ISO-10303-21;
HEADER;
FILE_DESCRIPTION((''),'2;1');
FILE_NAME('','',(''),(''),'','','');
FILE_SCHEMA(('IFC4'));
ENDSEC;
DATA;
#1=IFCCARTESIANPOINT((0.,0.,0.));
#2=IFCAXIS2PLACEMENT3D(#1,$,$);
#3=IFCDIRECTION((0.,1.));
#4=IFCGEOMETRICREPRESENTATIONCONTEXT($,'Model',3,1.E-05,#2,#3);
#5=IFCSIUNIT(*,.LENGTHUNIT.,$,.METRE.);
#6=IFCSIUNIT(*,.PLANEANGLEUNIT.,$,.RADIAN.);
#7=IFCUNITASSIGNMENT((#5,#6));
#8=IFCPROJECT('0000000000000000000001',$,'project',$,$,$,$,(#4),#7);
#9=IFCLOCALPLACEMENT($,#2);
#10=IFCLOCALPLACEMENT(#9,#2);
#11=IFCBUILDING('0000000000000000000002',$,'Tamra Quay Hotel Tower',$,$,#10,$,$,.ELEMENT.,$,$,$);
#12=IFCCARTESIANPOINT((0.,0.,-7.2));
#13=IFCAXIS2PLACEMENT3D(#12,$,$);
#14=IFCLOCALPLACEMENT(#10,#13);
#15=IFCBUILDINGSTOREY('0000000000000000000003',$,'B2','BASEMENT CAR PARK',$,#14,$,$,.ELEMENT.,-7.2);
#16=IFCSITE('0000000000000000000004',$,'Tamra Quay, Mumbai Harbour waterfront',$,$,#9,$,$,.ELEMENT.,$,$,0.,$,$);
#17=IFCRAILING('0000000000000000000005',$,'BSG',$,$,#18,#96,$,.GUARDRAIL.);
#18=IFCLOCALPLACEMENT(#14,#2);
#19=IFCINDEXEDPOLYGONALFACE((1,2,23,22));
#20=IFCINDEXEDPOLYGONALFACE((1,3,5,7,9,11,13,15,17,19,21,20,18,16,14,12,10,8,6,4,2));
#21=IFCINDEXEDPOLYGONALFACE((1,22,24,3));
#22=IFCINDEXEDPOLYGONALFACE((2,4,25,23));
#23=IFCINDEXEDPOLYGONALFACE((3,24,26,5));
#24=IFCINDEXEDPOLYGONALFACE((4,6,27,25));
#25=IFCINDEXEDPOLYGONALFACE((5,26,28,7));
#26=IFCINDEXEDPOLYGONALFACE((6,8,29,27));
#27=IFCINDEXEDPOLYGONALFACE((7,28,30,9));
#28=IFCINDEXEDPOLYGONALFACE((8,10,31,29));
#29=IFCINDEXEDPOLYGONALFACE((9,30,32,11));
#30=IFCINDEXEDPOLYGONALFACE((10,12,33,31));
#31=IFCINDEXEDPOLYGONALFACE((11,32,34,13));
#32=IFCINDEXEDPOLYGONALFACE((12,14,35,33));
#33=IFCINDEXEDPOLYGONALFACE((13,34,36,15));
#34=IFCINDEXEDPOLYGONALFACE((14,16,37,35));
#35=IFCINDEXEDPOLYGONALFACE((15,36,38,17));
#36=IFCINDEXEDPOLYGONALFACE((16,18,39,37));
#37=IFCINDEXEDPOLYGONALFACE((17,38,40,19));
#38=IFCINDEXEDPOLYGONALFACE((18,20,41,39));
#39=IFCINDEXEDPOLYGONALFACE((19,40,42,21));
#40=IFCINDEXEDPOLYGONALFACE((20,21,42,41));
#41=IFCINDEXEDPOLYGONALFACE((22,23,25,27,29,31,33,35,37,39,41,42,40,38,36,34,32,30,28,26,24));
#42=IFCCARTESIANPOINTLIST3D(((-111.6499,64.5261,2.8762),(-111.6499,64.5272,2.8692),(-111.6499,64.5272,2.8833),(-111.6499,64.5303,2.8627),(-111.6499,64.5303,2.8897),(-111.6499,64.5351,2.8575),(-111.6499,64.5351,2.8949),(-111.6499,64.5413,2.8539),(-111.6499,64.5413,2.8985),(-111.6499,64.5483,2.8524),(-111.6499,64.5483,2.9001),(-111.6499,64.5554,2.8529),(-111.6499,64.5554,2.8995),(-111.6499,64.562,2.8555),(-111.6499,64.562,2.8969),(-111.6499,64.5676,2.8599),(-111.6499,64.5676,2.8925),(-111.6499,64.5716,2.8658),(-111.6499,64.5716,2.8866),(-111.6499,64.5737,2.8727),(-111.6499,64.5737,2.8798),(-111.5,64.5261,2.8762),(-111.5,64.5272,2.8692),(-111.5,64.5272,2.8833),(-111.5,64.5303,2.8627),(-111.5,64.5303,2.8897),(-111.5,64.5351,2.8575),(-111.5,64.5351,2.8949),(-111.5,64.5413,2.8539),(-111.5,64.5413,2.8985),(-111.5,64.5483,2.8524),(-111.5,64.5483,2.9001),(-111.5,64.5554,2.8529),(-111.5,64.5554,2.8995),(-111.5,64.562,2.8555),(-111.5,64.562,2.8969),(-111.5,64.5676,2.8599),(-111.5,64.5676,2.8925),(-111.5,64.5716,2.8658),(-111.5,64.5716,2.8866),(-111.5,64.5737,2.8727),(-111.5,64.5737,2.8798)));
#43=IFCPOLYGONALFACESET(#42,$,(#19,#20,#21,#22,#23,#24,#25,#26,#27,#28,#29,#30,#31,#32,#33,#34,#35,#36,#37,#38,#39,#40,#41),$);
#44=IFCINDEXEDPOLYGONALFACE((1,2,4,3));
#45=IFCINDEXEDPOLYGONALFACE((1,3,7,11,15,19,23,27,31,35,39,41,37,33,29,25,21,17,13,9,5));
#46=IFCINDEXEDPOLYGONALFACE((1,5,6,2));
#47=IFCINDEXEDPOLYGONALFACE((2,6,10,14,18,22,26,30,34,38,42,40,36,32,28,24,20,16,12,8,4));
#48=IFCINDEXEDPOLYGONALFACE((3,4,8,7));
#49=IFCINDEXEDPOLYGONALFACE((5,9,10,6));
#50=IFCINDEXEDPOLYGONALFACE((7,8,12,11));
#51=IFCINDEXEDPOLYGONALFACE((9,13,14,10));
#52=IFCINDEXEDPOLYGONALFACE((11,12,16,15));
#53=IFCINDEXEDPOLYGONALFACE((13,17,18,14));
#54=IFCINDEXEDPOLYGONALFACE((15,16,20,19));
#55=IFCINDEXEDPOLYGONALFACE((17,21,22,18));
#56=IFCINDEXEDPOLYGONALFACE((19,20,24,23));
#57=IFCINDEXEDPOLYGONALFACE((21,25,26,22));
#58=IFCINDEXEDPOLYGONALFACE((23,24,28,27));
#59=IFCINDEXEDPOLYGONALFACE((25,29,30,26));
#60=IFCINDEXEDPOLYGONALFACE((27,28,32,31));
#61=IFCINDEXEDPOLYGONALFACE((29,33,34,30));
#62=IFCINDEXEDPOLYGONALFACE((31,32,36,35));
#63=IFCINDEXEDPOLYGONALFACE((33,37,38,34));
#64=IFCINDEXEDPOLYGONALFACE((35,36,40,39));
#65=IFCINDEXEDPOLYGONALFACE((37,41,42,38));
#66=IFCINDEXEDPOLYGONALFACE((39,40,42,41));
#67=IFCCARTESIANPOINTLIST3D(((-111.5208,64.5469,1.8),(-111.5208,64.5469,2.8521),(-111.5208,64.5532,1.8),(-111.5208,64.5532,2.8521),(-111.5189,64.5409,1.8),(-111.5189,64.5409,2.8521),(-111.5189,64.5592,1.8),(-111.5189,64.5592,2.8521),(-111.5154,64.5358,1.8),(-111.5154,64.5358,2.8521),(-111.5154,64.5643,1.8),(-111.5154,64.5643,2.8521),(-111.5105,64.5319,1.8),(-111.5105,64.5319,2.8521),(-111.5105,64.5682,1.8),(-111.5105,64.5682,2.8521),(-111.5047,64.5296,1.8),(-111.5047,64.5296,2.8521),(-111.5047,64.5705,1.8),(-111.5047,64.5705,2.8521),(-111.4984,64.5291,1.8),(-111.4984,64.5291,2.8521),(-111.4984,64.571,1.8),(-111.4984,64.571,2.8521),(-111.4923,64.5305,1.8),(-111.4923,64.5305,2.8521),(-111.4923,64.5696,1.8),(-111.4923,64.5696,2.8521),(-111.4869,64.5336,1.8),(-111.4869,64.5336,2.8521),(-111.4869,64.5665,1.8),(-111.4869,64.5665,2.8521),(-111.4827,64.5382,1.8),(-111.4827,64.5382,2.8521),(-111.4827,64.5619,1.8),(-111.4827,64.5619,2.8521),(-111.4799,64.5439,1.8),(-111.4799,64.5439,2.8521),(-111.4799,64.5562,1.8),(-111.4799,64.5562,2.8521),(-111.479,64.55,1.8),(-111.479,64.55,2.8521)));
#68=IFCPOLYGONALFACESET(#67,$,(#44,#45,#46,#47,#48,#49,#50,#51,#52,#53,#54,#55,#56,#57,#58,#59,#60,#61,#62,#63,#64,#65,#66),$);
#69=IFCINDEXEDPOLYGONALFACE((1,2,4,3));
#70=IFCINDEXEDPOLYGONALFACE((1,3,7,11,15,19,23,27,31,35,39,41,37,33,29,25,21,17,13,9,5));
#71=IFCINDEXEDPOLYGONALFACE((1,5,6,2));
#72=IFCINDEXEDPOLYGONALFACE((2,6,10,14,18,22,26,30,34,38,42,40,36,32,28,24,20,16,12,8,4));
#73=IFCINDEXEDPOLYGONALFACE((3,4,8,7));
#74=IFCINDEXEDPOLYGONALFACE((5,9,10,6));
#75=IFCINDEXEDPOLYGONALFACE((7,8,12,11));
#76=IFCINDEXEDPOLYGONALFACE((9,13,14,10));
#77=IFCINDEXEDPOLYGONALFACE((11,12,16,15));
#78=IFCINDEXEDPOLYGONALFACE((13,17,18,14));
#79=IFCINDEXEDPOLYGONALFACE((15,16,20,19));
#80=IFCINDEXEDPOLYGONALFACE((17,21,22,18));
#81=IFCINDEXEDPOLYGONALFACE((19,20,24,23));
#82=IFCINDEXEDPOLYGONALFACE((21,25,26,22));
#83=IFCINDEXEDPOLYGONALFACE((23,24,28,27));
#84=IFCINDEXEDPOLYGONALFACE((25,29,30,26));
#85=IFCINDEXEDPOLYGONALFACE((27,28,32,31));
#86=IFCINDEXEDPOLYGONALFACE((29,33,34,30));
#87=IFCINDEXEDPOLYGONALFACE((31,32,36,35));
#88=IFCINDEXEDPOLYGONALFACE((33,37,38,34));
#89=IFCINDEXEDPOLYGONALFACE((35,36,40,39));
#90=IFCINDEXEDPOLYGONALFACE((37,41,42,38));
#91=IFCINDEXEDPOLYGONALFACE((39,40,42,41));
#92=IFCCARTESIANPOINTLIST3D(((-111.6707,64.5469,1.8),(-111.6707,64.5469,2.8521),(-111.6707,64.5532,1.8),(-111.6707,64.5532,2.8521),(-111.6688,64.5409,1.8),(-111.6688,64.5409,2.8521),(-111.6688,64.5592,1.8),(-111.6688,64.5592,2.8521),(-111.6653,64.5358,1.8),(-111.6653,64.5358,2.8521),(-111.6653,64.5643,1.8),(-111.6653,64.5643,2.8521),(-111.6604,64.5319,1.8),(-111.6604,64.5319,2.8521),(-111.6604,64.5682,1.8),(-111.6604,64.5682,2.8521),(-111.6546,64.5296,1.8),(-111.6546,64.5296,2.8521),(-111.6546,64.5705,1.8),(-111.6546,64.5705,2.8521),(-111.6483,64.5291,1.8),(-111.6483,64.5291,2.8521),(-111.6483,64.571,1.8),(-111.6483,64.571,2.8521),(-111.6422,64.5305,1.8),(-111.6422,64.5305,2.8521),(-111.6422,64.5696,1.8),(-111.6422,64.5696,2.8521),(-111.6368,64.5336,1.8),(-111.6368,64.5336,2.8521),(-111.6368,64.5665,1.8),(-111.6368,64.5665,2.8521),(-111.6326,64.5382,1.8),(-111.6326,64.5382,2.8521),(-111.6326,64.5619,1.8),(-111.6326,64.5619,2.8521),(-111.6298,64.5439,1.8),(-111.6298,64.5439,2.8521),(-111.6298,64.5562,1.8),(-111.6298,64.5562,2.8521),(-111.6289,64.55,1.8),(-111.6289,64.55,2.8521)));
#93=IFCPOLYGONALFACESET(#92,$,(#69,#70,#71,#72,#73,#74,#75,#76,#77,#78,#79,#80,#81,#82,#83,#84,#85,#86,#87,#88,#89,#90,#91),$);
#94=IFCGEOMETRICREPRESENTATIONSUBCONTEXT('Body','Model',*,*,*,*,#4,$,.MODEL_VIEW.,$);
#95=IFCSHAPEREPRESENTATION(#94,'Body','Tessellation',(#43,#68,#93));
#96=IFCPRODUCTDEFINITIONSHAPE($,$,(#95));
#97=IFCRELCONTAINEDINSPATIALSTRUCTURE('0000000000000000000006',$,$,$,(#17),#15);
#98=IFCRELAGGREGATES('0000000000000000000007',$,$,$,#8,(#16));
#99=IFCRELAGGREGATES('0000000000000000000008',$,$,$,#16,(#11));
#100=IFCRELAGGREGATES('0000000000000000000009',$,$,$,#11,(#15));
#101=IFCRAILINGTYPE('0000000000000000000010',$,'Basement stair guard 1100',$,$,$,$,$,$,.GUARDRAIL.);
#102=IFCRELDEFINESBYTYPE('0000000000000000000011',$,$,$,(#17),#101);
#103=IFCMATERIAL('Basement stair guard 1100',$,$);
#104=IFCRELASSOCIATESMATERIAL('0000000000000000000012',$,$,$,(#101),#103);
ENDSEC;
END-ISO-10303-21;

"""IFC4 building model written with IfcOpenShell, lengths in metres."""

from ifc_helpers import new_model, si_unit, direction, frame, origin, origin_2d, place, context, subcontext, project, spatial, circle, extrude, material, type_object, element, save


model = new_model("IFC4")

# Units and contexts
model_context = context("Model", 3, precision=1e-05, world=origin(), true_north=direction((0.0, 1.0)))
body_context = subcontext(model_context, "Body", "Model", "MODEL_VIEW")
ifc_project = project(units=[si_unit("LENGTHUNIT", "METRE"), si_unit("PLANEANGLEUNIT", "RADIAN")], contexts=[model_context])

# Site, building, storey
site_placement = place(None, origin())
site = spatial("IfcSite", under=ifc_project, at=site_placement, Name="Tamra Quay, Mumbai Harbour waterfront", CompositionType="ELEMENT", RefElevation=0.0)
building_placement = place(site_placement, origin())
building = spatial("IfcBuilding", under=site, at=building_placement, Name="Tamra Quay Hotel Tower", CompositionType="ELEMENT")
storey_placement = place(building_placement, frame((0.0, 0.0, -7.2)))
storey = spatial("IfcBuildingStorey", under=building, at=storey_placement, Name="B2", Description="BASEMENT CAR PARK", CompositionType="ELEMENT", Elevation=-7.2)

# Railing
ifc_material_1 = material(Name="Basement stair guard 1100")
railing_type_1 = type_object("IfcRailingType", Name="Basement stair guard 1100", PredefinedType="GUARDRAIL", material=ifc_material_1)
railing_1_placement = place(storey_placement, frame((-111.5, 64.55, 1.8)))
element("IfcRailing", 1, at=railing_1_placement, inside=storey, type_object=railing_type_1, Name="BSG", PredefinedType="GUARDRAIL", context=body_context, shape_type="SweptSolid", body=[
    extrude(circle(Radius=0.0239, at=origin_2d()), frame((0.0, 0.0, 1.0762), z_axis=(-1.0, 0.0, 0.0), x_axis=(0.0, -1.0, 0.0)), (0.0, 0.0, 1.0), 0.1499),
    extrude(circle(Radius=0.021, at=origin_2d()), origin(), (0.0, 0.0, 1.0), 1.052),
    extrude(circle(Radius=0.021, at=origin_2d()), frame((-0.1499, 0.0, 0.0)), (0.0, 0.0, 1.0), 1.052),
])

save(model, "model.ifc")
